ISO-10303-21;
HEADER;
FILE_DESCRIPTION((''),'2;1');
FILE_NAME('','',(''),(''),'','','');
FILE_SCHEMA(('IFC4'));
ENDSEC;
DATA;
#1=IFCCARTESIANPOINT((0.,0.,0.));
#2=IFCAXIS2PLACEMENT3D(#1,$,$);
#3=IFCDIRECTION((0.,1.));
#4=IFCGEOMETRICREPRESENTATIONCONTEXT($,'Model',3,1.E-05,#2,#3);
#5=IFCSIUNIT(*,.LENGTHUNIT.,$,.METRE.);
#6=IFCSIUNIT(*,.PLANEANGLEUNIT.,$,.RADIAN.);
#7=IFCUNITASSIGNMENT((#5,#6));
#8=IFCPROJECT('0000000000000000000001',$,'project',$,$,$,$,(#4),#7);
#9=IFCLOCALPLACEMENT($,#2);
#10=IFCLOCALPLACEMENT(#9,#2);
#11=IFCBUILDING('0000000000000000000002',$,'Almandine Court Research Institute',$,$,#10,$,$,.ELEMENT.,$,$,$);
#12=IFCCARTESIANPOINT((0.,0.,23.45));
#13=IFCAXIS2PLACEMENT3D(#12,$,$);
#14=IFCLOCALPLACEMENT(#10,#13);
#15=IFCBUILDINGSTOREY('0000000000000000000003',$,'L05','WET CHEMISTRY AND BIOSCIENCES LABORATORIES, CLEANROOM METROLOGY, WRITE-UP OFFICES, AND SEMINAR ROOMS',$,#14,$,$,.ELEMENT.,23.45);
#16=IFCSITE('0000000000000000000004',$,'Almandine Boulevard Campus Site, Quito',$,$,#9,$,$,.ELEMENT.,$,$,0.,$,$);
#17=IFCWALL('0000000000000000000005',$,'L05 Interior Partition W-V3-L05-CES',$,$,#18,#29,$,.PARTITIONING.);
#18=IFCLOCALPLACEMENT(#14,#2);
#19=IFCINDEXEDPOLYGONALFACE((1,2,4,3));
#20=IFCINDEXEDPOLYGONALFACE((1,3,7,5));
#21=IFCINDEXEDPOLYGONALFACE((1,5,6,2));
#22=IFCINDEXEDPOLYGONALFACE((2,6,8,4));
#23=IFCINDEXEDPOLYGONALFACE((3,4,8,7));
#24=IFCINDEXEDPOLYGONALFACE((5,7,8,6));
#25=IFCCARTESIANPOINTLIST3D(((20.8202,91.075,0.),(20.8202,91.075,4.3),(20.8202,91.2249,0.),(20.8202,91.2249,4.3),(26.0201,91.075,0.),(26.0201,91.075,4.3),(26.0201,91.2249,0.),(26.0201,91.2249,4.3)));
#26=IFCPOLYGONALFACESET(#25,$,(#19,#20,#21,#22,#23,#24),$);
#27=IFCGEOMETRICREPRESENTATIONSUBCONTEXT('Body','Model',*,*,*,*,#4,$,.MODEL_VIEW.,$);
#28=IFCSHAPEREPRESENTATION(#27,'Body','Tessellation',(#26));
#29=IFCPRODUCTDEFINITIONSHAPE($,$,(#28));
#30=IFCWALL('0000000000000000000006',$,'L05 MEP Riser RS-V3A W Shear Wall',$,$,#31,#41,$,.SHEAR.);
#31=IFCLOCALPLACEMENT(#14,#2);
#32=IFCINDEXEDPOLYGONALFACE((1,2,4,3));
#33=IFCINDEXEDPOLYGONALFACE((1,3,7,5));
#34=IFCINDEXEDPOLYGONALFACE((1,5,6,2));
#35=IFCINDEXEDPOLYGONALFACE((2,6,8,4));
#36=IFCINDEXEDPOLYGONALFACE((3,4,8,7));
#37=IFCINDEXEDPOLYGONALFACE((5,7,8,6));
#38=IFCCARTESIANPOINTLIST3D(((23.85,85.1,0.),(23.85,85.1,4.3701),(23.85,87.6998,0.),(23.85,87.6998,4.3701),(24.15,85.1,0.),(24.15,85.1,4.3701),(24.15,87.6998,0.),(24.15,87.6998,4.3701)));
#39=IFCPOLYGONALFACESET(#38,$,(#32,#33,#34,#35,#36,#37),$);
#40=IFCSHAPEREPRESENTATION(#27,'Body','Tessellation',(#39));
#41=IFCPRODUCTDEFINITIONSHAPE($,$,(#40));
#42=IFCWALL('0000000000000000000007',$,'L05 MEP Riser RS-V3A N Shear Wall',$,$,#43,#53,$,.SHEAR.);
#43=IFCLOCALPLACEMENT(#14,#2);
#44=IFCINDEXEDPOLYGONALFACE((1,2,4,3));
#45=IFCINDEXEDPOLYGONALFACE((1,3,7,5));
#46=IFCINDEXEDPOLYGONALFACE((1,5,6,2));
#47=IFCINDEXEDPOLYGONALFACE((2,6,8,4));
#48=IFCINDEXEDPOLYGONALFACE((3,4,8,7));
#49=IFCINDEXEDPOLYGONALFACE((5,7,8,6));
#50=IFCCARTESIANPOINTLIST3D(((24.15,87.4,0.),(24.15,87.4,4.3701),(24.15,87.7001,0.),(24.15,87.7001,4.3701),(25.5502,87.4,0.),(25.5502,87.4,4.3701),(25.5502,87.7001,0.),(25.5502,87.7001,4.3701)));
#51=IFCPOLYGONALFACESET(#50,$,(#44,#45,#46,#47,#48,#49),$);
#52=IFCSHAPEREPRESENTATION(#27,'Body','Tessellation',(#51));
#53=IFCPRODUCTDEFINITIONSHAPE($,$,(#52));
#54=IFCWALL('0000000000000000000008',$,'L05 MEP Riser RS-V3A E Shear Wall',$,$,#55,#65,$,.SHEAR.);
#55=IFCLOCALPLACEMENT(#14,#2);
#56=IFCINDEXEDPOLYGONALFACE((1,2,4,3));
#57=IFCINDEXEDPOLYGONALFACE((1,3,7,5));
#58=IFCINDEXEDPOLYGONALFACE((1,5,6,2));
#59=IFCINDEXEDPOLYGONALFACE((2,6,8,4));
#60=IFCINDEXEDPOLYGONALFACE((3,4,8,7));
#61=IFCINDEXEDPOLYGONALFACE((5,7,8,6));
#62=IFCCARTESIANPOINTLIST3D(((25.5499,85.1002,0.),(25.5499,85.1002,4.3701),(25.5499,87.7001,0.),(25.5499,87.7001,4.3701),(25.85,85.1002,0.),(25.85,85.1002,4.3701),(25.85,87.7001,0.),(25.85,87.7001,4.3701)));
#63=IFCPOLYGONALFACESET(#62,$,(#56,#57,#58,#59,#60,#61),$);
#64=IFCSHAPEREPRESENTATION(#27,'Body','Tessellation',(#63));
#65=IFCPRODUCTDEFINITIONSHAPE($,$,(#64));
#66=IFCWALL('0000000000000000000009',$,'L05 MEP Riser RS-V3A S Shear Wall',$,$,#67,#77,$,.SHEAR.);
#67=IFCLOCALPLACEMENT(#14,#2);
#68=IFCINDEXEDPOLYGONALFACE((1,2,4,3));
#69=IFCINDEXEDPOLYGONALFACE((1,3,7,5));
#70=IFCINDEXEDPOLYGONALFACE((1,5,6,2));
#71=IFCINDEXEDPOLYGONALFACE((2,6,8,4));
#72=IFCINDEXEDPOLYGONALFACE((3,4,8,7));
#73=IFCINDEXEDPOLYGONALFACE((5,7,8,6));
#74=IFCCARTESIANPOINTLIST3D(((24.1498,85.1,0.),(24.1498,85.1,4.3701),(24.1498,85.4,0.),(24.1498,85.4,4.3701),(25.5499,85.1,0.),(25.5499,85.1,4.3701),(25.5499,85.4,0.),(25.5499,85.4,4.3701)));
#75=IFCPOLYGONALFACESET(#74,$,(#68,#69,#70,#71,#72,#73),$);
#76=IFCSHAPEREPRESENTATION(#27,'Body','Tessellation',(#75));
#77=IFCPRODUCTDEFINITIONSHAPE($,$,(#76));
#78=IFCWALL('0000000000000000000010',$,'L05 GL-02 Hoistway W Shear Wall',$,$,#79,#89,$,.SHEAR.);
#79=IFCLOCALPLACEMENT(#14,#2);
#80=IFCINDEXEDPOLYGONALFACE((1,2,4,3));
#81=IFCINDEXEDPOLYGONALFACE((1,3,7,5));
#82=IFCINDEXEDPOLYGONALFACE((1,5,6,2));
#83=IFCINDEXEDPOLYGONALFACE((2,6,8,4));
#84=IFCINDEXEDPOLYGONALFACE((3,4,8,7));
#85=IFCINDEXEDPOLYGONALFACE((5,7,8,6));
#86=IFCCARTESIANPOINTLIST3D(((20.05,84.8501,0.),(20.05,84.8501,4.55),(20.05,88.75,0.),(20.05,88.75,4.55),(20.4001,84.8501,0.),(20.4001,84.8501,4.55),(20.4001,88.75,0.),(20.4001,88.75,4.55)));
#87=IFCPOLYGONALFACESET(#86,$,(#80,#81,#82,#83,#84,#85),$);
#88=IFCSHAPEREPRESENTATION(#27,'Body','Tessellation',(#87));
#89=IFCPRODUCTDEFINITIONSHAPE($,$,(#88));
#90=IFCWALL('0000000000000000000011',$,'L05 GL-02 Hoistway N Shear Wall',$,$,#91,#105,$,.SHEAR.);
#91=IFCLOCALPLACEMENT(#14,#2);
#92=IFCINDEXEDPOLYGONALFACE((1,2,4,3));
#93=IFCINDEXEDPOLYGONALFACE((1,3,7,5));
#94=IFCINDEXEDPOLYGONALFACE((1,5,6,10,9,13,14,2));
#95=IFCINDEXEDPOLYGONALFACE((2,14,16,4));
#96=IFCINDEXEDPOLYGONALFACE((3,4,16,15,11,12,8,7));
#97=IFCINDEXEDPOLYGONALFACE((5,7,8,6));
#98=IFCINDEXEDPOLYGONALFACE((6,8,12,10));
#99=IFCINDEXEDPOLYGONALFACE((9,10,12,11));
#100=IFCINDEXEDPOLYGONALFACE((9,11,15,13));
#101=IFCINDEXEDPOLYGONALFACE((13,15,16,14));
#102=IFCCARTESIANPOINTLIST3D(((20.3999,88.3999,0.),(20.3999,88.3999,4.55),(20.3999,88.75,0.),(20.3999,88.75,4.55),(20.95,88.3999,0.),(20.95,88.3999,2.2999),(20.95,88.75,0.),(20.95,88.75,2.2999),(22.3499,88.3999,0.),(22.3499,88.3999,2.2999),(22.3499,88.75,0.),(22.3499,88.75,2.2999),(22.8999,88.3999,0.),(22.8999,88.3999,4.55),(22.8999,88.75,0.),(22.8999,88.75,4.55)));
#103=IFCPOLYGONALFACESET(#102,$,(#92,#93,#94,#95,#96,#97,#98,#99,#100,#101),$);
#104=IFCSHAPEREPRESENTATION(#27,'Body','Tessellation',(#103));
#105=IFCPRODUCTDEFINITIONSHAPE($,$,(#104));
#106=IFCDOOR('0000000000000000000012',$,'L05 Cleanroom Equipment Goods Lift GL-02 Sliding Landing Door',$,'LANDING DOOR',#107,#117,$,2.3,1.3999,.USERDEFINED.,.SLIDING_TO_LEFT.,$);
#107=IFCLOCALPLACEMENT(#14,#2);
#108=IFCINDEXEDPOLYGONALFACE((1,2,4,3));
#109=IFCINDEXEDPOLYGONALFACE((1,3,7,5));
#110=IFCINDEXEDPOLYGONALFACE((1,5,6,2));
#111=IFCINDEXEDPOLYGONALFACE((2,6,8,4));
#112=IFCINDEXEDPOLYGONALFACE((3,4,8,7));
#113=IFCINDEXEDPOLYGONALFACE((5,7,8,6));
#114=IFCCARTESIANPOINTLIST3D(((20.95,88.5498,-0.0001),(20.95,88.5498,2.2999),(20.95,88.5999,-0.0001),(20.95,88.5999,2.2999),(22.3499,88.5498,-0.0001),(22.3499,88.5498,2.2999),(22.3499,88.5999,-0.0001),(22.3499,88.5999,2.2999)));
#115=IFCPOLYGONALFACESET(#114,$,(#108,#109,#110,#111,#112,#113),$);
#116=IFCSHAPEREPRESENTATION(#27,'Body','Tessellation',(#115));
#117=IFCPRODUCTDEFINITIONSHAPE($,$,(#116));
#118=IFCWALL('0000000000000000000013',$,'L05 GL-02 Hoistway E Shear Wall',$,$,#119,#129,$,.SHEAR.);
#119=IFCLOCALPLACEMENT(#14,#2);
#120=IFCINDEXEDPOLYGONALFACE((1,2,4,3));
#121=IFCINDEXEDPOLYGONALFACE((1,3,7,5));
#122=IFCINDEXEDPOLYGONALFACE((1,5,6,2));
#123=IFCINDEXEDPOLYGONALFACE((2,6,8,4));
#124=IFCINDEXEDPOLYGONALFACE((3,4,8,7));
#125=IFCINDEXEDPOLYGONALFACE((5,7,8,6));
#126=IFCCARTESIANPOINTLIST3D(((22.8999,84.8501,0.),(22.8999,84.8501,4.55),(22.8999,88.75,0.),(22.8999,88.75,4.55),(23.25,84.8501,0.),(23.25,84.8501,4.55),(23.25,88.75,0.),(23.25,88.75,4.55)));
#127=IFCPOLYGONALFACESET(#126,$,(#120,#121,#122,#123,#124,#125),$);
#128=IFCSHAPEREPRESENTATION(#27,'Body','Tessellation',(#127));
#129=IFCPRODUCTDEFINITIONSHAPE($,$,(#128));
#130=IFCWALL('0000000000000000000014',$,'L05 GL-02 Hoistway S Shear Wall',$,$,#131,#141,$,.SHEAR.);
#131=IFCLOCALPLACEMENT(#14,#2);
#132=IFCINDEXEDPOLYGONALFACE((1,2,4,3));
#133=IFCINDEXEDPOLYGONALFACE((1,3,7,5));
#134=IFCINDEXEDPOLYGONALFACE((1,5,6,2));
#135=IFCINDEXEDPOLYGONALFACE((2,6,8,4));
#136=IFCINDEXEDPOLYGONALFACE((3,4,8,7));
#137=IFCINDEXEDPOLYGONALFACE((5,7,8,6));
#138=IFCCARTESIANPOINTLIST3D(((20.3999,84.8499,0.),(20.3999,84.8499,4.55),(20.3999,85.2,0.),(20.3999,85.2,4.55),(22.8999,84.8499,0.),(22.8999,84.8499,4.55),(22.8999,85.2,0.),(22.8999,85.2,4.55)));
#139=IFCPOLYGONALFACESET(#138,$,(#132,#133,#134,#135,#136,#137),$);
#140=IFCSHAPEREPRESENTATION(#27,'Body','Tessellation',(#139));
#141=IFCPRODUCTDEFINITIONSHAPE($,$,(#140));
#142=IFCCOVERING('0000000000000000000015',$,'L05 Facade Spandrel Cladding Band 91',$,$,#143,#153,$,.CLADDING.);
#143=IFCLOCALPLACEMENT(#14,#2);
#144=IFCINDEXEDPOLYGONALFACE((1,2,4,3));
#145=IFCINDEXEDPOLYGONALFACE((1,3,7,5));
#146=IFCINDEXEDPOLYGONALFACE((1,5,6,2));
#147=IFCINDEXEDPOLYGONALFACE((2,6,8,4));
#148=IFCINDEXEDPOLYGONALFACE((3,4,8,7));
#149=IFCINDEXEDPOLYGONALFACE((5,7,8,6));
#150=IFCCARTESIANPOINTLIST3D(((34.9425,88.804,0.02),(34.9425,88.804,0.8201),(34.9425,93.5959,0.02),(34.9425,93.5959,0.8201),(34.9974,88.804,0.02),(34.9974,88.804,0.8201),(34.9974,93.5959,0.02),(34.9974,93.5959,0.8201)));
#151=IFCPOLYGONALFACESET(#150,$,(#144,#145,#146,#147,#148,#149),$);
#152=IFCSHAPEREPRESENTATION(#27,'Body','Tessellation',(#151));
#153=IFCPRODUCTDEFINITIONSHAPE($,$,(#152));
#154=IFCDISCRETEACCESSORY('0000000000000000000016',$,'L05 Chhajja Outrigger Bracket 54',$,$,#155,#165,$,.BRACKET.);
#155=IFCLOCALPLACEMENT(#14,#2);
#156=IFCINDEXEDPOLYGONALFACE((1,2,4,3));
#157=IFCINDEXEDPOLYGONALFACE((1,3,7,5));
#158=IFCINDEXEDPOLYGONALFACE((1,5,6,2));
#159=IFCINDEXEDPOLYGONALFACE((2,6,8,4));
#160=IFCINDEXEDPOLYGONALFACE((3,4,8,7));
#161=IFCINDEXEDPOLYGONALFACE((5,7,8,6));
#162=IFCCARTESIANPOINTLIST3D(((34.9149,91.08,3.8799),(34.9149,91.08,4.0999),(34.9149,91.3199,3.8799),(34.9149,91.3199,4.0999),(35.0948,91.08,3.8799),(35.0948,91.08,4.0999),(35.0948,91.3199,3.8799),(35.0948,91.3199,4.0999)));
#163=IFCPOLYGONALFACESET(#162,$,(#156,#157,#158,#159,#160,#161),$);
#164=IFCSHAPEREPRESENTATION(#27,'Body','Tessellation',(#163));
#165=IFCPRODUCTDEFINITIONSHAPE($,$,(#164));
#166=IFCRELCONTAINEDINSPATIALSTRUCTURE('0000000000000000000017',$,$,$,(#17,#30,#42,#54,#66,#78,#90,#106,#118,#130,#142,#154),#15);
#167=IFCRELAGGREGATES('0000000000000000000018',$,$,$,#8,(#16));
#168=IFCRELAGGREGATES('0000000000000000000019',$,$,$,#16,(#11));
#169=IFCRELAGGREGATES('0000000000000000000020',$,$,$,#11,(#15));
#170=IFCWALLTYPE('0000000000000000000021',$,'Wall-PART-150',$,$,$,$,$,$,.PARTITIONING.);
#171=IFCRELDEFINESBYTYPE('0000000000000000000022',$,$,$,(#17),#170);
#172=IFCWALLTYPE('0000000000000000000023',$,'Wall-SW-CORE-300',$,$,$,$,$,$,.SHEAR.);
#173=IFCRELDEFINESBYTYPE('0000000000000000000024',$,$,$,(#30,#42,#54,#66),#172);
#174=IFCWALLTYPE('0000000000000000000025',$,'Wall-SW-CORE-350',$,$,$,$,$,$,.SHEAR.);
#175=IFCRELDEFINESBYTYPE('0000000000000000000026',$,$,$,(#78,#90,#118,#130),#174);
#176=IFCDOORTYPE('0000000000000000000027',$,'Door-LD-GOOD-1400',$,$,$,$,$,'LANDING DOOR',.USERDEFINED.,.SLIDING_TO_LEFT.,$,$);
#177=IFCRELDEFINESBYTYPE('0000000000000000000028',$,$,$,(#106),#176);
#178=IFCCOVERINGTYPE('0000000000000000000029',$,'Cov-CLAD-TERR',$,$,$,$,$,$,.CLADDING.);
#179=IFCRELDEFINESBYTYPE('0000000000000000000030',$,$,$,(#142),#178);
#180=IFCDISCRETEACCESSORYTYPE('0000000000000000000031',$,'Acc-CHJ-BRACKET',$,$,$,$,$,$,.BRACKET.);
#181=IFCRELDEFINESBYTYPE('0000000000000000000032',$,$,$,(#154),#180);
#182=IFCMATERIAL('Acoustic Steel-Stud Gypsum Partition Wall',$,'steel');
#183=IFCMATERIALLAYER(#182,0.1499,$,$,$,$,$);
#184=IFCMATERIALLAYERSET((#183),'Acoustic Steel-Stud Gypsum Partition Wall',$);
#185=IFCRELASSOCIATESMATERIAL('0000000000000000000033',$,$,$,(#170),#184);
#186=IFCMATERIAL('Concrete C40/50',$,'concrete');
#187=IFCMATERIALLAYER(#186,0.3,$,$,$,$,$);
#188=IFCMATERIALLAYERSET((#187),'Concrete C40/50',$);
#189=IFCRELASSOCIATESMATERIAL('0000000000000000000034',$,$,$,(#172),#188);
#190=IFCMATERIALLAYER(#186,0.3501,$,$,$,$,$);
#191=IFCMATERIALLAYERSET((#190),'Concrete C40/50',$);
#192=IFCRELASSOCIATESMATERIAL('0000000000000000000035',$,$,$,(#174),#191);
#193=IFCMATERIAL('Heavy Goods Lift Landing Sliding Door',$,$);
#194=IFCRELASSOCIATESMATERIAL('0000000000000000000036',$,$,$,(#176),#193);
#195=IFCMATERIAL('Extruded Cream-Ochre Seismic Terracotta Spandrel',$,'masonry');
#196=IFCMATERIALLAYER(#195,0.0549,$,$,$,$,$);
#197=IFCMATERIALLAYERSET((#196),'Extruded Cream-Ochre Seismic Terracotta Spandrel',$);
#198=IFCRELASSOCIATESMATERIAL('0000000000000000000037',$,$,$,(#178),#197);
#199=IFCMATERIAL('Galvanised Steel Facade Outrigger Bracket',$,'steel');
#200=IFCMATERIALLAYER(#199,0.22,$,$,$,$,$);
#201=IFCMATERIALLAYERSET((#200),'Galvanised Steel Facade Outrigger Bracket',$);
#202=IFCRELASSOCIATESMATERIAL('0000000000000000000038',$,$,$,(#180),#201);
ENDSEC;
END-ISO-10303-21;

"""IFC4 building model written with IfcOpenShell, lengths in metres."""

from ifc_helpers import new_model, si_unit, direction, frame, frame_2d, origin, origin_2d, place, context, subcontext, project, spatial, rectangle, extrude, material, layer, layer_set, type_object, element, fill, save


model = new_model("IFC4")

# Units and contexts
model_context = context("Model", 3, precision=1e-05, world=origin(), true_north=direction((0.0, 1.0)))
body_context = subcontext(model_context, "Body", "Model", "MODEL_VIEW")
ifc_project = project(units=[si_unit("LENGTHUNIT", "METRE"), si_unit("PLANEANGLEUNIT", "RADIAN")], contexts=[model_context])

# Site, building, storey
site_placement = place(None, origin())
site = spatial("IfcSite", under=ifc_project, at=site_placement, Name="Almandine Boulevard Campus Site, Quito", CompositionType="ELEMENT", RefElevation=0.0)
building_placement = place(site_placement, origin())
building = spatial("IfcBuilding", under=site, at=building_placement, Name="Almandine Court Research Institute", CompositionType="ELEMENT")
storey_placement = place(building_placement, frame((0.0, 0.0, 23.45)))
storey = spatial("IfcBuildingStorey", under=building, at=storey_placement, Name="L05", Description="WET CHEMISTRY AND BIOSCIENCES LABORATORIES, CLEANROOM METROLOGY, WRITE-UP OFFICES, AND SEMINAR ROOMS", CompositionType="ELEMENT", Elevation=23.45)

# Shared definitions
ifc_material_1 = material(Name="Acoustic Steel-Stud Gypsum Partition Wall", Category="steel")
ifc_layer_1 = layer(ifc_material_1, 0.1499)
ifc_layer_set_1 = layer_set([ifc_layer_1], Name="Acoustic Steel-Stud Gypsum Partition Wall")
wall_type_1 = type_object("IfcWallType", Name="Wall-PART-150", PredefinedType="PARTITIONING", material=ifc_layer_set_1)

# Walls
wall_1_placement = place(storey_placement, frame((20.8201, 91.1499, 0.0), z_axis=(0.0, 0.0, 1.0), x_axis=(1.0, 0.0, 0.0)))
element("IfcWall", 1, at=wall_1_placement, inside=storey, type_object=wall_type_1, Name="L05 Interior Partition W-V3-L05-CES", PredefinedType="PARTITIONING", context=body_context, shape_type="SweptSolid", body=[
    extrude(rectangle(XDim=5.2, YDim=0.1499, at=frame_2d((2.6001, 0.0))), origin(), (0.0, 0.0, 1.0), 4.3),
])
ifc_material_2 = material(Name="Concrete C40/50", Category="concrete")
ifc_layer_2 = layer(ifc_material_2, 0.3)
ifc_layer_set_2 = layer_set([ifc_layer_2], Name="Concrete C40/50")
wall_type_2 = type_object("IfcWallType", Name="Wall-SW-CORE-300", PredefinedType="SHEAR", material=ifc_layer_set_2)
wall_2_placement = place(storey_placement, frame((24.0, 85.1001, 0.0), z_axis=(0.0, 0.0, 1.0), x_axis=(0.0, 1.0, 0.0)))
element("IfcWall", 2, at=wall_2_placement, inside=storey, type_object=wall_type_2, Name="L05 MEP Riser RS-V3A W Shear Wall", PredefinedType="SHEAR", context=body_context, shape_type="SweptSolid", body=[
    extrude(rectangle(XDim=2.5999, YDim=0.3, at=frame_2d((1.2998, 0.0))), origin(), (0.0, 0.0, 1.0), 4.3701),
])
wall_3_placement = place(storey_placement, frame((24.1499, 87.55, 0.0), z_axis=(0.0, 0.0, 1.0), x_axis=(1.0, 0.0, 0.0)))
element("IfcWall", 3, at=wall_3_placement, inside=storey, type_object=wall_type_2, Name="L05 MEP Riser RS-V3A N Shear Wall", PredefinedType="SHEAR", context=body_context, shape_type="SweptSolid", body=[
    extrude(rectangle(XDim=1.4001, YDim=0.3, at=frame_2d((0.7002, 0.0))), origin(), (0.0, 0.0, 1.0), 4.3701),
])
wall_4_placement = place(storey_placement, frame((25.7, 87.7, 0.0), z_axis=(0.0, 0.0, 1.0), x_axis=(0.0, -1.0, 0.0)))
element("IfcWall", 4, at=wall_4_placement, inside=storey, type_object=wall_type_2, Name="L05 MEP Riser RS-V3A E Shear Wall", PredefinedType="SHEAR", context=body_context, shape_type="SweptSolid", body=[
    extrude(rectangle(XDim=2.5999, YDim=0.3, at=frame_2d((1.2998, 0.0))), origin(), (0.0, 0.0, 1.0), 4.3701),
])
wall_5_placement = place(storey_placement, frame((25.55, 85.25, 0.0), z_axis=(0.0, 0.0, 1.0), x_axis=(-1.0, 0.0, 0.0)))
element("IfcWall", 5, at=wall_5_placement, inside=storey, type_object=wall_type_2, Name="L05 MEP Riser RS-V3A S Shear Wall", PredefinedType="SHEAR", context=body_context, shape_type="SweptSolid", body=[
    extrude(rectangle(XDim=1.4001, YDim=0.3, at=frame_2d((0.7002, 0.0))), origin(), (0.0, 0.0, 1.0), 4.3701),
])
ifc_layer_3 = layer(ifc_material_2, 0.3501)
ifc_layer_set_3 = layer_set([ifc_layer_3], Name="Concrete C40/50")
wall_type_3 = type_object("IfcWallType", Name="Wall-SW-CORE-350", PredefinedType="SHEAR", material=ifc_layer_set_3)
wall_6_placement = place(storey_placement, frame((20.2251, 84.8501, 0.0), z_axis=(0.0, 0.0, 1.0), x_axis=(0.0, 1.0, 0.0)))
element("IfcWall", 6, at=wall_6_placement, inside=storey, type_object=wall_type_3, Name="L05 GL-02 Hoistway W Shear Wall", PredefinedType="SHEAR", context=body_context, shape_type="SweptSolid", body=[
    extrude(rectangle(XDim=3.8999, YDim=0.3501, at=frame_2d((1.95, 0.0))), origin(), (0.0, 0.0, 1.0), 4.55),
])

# Wall, opening, door
wall_7_placement = place(storey_placement, frame((20.3999, 88.575, 0.0), z_axis=(0.0, 0.0, 1.0), x_axis=(1.0, 0.0, 0.0)))
wall_7 = element("IfcWall", 7, at=wall_7_placement, inside=storey, type_object=wall_type_3, Name="L05 GL-02 Hoistway N Shear Wall", PredefinedType="SHEAR", context=body_context, shape_type="SweptSolid", body=[
    extrude(rectangle(XDim=2.5, YDim=0.3501, at=frame_2d((1.25, 0.0))), origin(), (0.0, 0.0, 1.0), 4.55),
])
opening_1_placement = place(wall_7_placement, frame((0.55, 0.0, 0.0)))
opening_1 = element("IfcOpeningElement", 8, at=opening_1_placement, cuts=wall_7, PredefinedType="OPENING", context=body_context, shape_type="SweptSolid", body=[
    extrude(rectangle(XDim=1.3999, YDim=2.3, at=frame_2d((0.7, 1.1499))), frame((0.0, 0.1851, 0.0), z_axis=(0.0, -1.0, 0.0), x_axis=(1.0, 0.0, 0.0)), (0.0, 0.0, 1.0), 0.3701),
])
ifc_material_3 = material(Name="Heavy Goods Lift Landing Sliding Door")
door_type_1 = type_object("IfcDoorType", Name="Door-LD-GOOD-1400", ElementType="LANDING DOOR", OperationType="SLIDING_TO_LEFT", PredefinedType="USERDEFINED", material=ifc_material_3)
door_1_placement = place(opening_1_placement, origin())
door_1 = element("IfcDoor", 9, at=door_1_placement, inside=storey, type_object=door_type_1, Name="L05 Cleanroom Equipment Goods Lift GL-02 Sliding Landing Door", ObjectType="LANDING DOOR", OperationType="SLIDING_TO_LEFT", OverallHeight=2.3, OverallWidth=1.3999, PredefinedType="USERDEFINED", context=body_context, shape_type="SweptSolid", body=[
    extrude(rectangle(XDim=1.3999, YDim=2.3, at=frame_2d((0.7, 1.1499))), frame((0.0, 0.0249, 0.0), z_axis=(0.0, -1.0, 0.0), x_axis=(1.0, 0.0, 0.0)), (0.0, 0.0, 1.0), 0.05),
])
fill(opening_1, door_1)

# Walls
wall_8_placement = place(storey_placement, frame((23.075, 88.75, 0.0), z_axis=(0.0, 0.0, 1.0), x_axis=(0.0, -1.0, 0.0)))
element("IfcWall", 10, at=wall_8_placement, inside=storey, type_object=wall_type_3, Name="L05 GL-02 Hoistway E Shear Wall", PredefinedType="SHEAR", context=body_context, shape_type="SweptSolid", body=[
    extrude(rectangle(XDim=3.8999, YDim=0.3501, at=frame_2d((1.95, 0.0))), origin(), (0.0, 0.0, 1.0), 4.55),
])
wall_9_placement = place(storey_placement, frame((22.8999, 85.0249, 0.0), z_axis=(0.0, 0.0, 1.0), x_axis=(-1.0, 0.0, 0.0)))
element("IfcWall", 11, at=wall_9_placement, inside=storey, type_object=wall_type_3, Name="L05 GL-02 Hoistway S Shear Wall", PredefinedType="SHEAR", context=body_context, shape_type="SweptSolid", body=[
    extrude(rectangle(XDim=2.5, YDim=0.3501, at=frame_2d((1.25, 0.0))), origin(), (0.0, 0.0, 1.0), 4.55),
])

# Covering
ifc_material_4 = material(Name="Extruded Cream-Ochre Seismic Terracotta Spandrel", Category="masonry")
ifc_layer_4 = layer(ifc_material_4, 0.0549)
ifc_layer_set_4 = layer_set([ifc_layer_4], Name="Extruded Cream-Ochre Seismic Terracotta Spandrel")
covering_type = type_object("IfcCoveringType", Name="Cov-CLAD-TERR", PredefinedType="CLADDING", material=ifc_layer_set_4)
covering_placement = place(storey_placement, frame((34.97, 91.2, 0.02), z_axis=(0.0, 0.0, 1.0), x_axis=(0.0, -1.0, 0.0)))
element("IfcCovering", 12, at=covering_placement, inside=storey, type_object=covering_type, Name="L05 Facade Spandrel Cladding Band 91", PredefinedType="CLADDING", context=body_context, shape_type="SweptSolid", body=[
    extrude(rectangle(XDim=4.792, YDim=0.0549, at=origin_2d()), origin(), (0.0, 0.0, 1.0), 0.8),
])

# Discrete accessory
ifc_material_5 = material(Name="Galvanised Steel Facade Outrigger Bracket", Category="steel")
ifc_layer_5 = layer(ifc_material_5, 0.22)
ifc_layer_set_5 = layer_set([ifc_layer_5], Name="Galvanised Steel Facade Outrigger Bracket")
discrete_accessory_type = type_object("IfcDiscreteAccessoryType", Name="Acc-CHJ-BRACKET", PredefinedType="BRACKET", material=ifc_layer_set_5)
discrete_accessory_placement = place(storey_placement, frame((35.0049, 91.2, 3.8799), z_axis=(0.0, 0.0, 1.0), x_axis=(0.0, -1.0, 0.0)))
element("IfcDiscreteAccessory", 13, at=discrete_accessory_placement, inside=storey, type_object=discrete_accessory_type, Name="L05 Chhajja Outrigger Bracket 54", PredefinedType="BRACKET", context=body_context, shape_type="SweptSolid", body=[
    extrude(rectangle(XDim=0.24, YDim=0.1799, at=origin_2d()), origin(), (0.0, 0.0, 1.0), 0.22),
])

save(model, "model.ifc")
